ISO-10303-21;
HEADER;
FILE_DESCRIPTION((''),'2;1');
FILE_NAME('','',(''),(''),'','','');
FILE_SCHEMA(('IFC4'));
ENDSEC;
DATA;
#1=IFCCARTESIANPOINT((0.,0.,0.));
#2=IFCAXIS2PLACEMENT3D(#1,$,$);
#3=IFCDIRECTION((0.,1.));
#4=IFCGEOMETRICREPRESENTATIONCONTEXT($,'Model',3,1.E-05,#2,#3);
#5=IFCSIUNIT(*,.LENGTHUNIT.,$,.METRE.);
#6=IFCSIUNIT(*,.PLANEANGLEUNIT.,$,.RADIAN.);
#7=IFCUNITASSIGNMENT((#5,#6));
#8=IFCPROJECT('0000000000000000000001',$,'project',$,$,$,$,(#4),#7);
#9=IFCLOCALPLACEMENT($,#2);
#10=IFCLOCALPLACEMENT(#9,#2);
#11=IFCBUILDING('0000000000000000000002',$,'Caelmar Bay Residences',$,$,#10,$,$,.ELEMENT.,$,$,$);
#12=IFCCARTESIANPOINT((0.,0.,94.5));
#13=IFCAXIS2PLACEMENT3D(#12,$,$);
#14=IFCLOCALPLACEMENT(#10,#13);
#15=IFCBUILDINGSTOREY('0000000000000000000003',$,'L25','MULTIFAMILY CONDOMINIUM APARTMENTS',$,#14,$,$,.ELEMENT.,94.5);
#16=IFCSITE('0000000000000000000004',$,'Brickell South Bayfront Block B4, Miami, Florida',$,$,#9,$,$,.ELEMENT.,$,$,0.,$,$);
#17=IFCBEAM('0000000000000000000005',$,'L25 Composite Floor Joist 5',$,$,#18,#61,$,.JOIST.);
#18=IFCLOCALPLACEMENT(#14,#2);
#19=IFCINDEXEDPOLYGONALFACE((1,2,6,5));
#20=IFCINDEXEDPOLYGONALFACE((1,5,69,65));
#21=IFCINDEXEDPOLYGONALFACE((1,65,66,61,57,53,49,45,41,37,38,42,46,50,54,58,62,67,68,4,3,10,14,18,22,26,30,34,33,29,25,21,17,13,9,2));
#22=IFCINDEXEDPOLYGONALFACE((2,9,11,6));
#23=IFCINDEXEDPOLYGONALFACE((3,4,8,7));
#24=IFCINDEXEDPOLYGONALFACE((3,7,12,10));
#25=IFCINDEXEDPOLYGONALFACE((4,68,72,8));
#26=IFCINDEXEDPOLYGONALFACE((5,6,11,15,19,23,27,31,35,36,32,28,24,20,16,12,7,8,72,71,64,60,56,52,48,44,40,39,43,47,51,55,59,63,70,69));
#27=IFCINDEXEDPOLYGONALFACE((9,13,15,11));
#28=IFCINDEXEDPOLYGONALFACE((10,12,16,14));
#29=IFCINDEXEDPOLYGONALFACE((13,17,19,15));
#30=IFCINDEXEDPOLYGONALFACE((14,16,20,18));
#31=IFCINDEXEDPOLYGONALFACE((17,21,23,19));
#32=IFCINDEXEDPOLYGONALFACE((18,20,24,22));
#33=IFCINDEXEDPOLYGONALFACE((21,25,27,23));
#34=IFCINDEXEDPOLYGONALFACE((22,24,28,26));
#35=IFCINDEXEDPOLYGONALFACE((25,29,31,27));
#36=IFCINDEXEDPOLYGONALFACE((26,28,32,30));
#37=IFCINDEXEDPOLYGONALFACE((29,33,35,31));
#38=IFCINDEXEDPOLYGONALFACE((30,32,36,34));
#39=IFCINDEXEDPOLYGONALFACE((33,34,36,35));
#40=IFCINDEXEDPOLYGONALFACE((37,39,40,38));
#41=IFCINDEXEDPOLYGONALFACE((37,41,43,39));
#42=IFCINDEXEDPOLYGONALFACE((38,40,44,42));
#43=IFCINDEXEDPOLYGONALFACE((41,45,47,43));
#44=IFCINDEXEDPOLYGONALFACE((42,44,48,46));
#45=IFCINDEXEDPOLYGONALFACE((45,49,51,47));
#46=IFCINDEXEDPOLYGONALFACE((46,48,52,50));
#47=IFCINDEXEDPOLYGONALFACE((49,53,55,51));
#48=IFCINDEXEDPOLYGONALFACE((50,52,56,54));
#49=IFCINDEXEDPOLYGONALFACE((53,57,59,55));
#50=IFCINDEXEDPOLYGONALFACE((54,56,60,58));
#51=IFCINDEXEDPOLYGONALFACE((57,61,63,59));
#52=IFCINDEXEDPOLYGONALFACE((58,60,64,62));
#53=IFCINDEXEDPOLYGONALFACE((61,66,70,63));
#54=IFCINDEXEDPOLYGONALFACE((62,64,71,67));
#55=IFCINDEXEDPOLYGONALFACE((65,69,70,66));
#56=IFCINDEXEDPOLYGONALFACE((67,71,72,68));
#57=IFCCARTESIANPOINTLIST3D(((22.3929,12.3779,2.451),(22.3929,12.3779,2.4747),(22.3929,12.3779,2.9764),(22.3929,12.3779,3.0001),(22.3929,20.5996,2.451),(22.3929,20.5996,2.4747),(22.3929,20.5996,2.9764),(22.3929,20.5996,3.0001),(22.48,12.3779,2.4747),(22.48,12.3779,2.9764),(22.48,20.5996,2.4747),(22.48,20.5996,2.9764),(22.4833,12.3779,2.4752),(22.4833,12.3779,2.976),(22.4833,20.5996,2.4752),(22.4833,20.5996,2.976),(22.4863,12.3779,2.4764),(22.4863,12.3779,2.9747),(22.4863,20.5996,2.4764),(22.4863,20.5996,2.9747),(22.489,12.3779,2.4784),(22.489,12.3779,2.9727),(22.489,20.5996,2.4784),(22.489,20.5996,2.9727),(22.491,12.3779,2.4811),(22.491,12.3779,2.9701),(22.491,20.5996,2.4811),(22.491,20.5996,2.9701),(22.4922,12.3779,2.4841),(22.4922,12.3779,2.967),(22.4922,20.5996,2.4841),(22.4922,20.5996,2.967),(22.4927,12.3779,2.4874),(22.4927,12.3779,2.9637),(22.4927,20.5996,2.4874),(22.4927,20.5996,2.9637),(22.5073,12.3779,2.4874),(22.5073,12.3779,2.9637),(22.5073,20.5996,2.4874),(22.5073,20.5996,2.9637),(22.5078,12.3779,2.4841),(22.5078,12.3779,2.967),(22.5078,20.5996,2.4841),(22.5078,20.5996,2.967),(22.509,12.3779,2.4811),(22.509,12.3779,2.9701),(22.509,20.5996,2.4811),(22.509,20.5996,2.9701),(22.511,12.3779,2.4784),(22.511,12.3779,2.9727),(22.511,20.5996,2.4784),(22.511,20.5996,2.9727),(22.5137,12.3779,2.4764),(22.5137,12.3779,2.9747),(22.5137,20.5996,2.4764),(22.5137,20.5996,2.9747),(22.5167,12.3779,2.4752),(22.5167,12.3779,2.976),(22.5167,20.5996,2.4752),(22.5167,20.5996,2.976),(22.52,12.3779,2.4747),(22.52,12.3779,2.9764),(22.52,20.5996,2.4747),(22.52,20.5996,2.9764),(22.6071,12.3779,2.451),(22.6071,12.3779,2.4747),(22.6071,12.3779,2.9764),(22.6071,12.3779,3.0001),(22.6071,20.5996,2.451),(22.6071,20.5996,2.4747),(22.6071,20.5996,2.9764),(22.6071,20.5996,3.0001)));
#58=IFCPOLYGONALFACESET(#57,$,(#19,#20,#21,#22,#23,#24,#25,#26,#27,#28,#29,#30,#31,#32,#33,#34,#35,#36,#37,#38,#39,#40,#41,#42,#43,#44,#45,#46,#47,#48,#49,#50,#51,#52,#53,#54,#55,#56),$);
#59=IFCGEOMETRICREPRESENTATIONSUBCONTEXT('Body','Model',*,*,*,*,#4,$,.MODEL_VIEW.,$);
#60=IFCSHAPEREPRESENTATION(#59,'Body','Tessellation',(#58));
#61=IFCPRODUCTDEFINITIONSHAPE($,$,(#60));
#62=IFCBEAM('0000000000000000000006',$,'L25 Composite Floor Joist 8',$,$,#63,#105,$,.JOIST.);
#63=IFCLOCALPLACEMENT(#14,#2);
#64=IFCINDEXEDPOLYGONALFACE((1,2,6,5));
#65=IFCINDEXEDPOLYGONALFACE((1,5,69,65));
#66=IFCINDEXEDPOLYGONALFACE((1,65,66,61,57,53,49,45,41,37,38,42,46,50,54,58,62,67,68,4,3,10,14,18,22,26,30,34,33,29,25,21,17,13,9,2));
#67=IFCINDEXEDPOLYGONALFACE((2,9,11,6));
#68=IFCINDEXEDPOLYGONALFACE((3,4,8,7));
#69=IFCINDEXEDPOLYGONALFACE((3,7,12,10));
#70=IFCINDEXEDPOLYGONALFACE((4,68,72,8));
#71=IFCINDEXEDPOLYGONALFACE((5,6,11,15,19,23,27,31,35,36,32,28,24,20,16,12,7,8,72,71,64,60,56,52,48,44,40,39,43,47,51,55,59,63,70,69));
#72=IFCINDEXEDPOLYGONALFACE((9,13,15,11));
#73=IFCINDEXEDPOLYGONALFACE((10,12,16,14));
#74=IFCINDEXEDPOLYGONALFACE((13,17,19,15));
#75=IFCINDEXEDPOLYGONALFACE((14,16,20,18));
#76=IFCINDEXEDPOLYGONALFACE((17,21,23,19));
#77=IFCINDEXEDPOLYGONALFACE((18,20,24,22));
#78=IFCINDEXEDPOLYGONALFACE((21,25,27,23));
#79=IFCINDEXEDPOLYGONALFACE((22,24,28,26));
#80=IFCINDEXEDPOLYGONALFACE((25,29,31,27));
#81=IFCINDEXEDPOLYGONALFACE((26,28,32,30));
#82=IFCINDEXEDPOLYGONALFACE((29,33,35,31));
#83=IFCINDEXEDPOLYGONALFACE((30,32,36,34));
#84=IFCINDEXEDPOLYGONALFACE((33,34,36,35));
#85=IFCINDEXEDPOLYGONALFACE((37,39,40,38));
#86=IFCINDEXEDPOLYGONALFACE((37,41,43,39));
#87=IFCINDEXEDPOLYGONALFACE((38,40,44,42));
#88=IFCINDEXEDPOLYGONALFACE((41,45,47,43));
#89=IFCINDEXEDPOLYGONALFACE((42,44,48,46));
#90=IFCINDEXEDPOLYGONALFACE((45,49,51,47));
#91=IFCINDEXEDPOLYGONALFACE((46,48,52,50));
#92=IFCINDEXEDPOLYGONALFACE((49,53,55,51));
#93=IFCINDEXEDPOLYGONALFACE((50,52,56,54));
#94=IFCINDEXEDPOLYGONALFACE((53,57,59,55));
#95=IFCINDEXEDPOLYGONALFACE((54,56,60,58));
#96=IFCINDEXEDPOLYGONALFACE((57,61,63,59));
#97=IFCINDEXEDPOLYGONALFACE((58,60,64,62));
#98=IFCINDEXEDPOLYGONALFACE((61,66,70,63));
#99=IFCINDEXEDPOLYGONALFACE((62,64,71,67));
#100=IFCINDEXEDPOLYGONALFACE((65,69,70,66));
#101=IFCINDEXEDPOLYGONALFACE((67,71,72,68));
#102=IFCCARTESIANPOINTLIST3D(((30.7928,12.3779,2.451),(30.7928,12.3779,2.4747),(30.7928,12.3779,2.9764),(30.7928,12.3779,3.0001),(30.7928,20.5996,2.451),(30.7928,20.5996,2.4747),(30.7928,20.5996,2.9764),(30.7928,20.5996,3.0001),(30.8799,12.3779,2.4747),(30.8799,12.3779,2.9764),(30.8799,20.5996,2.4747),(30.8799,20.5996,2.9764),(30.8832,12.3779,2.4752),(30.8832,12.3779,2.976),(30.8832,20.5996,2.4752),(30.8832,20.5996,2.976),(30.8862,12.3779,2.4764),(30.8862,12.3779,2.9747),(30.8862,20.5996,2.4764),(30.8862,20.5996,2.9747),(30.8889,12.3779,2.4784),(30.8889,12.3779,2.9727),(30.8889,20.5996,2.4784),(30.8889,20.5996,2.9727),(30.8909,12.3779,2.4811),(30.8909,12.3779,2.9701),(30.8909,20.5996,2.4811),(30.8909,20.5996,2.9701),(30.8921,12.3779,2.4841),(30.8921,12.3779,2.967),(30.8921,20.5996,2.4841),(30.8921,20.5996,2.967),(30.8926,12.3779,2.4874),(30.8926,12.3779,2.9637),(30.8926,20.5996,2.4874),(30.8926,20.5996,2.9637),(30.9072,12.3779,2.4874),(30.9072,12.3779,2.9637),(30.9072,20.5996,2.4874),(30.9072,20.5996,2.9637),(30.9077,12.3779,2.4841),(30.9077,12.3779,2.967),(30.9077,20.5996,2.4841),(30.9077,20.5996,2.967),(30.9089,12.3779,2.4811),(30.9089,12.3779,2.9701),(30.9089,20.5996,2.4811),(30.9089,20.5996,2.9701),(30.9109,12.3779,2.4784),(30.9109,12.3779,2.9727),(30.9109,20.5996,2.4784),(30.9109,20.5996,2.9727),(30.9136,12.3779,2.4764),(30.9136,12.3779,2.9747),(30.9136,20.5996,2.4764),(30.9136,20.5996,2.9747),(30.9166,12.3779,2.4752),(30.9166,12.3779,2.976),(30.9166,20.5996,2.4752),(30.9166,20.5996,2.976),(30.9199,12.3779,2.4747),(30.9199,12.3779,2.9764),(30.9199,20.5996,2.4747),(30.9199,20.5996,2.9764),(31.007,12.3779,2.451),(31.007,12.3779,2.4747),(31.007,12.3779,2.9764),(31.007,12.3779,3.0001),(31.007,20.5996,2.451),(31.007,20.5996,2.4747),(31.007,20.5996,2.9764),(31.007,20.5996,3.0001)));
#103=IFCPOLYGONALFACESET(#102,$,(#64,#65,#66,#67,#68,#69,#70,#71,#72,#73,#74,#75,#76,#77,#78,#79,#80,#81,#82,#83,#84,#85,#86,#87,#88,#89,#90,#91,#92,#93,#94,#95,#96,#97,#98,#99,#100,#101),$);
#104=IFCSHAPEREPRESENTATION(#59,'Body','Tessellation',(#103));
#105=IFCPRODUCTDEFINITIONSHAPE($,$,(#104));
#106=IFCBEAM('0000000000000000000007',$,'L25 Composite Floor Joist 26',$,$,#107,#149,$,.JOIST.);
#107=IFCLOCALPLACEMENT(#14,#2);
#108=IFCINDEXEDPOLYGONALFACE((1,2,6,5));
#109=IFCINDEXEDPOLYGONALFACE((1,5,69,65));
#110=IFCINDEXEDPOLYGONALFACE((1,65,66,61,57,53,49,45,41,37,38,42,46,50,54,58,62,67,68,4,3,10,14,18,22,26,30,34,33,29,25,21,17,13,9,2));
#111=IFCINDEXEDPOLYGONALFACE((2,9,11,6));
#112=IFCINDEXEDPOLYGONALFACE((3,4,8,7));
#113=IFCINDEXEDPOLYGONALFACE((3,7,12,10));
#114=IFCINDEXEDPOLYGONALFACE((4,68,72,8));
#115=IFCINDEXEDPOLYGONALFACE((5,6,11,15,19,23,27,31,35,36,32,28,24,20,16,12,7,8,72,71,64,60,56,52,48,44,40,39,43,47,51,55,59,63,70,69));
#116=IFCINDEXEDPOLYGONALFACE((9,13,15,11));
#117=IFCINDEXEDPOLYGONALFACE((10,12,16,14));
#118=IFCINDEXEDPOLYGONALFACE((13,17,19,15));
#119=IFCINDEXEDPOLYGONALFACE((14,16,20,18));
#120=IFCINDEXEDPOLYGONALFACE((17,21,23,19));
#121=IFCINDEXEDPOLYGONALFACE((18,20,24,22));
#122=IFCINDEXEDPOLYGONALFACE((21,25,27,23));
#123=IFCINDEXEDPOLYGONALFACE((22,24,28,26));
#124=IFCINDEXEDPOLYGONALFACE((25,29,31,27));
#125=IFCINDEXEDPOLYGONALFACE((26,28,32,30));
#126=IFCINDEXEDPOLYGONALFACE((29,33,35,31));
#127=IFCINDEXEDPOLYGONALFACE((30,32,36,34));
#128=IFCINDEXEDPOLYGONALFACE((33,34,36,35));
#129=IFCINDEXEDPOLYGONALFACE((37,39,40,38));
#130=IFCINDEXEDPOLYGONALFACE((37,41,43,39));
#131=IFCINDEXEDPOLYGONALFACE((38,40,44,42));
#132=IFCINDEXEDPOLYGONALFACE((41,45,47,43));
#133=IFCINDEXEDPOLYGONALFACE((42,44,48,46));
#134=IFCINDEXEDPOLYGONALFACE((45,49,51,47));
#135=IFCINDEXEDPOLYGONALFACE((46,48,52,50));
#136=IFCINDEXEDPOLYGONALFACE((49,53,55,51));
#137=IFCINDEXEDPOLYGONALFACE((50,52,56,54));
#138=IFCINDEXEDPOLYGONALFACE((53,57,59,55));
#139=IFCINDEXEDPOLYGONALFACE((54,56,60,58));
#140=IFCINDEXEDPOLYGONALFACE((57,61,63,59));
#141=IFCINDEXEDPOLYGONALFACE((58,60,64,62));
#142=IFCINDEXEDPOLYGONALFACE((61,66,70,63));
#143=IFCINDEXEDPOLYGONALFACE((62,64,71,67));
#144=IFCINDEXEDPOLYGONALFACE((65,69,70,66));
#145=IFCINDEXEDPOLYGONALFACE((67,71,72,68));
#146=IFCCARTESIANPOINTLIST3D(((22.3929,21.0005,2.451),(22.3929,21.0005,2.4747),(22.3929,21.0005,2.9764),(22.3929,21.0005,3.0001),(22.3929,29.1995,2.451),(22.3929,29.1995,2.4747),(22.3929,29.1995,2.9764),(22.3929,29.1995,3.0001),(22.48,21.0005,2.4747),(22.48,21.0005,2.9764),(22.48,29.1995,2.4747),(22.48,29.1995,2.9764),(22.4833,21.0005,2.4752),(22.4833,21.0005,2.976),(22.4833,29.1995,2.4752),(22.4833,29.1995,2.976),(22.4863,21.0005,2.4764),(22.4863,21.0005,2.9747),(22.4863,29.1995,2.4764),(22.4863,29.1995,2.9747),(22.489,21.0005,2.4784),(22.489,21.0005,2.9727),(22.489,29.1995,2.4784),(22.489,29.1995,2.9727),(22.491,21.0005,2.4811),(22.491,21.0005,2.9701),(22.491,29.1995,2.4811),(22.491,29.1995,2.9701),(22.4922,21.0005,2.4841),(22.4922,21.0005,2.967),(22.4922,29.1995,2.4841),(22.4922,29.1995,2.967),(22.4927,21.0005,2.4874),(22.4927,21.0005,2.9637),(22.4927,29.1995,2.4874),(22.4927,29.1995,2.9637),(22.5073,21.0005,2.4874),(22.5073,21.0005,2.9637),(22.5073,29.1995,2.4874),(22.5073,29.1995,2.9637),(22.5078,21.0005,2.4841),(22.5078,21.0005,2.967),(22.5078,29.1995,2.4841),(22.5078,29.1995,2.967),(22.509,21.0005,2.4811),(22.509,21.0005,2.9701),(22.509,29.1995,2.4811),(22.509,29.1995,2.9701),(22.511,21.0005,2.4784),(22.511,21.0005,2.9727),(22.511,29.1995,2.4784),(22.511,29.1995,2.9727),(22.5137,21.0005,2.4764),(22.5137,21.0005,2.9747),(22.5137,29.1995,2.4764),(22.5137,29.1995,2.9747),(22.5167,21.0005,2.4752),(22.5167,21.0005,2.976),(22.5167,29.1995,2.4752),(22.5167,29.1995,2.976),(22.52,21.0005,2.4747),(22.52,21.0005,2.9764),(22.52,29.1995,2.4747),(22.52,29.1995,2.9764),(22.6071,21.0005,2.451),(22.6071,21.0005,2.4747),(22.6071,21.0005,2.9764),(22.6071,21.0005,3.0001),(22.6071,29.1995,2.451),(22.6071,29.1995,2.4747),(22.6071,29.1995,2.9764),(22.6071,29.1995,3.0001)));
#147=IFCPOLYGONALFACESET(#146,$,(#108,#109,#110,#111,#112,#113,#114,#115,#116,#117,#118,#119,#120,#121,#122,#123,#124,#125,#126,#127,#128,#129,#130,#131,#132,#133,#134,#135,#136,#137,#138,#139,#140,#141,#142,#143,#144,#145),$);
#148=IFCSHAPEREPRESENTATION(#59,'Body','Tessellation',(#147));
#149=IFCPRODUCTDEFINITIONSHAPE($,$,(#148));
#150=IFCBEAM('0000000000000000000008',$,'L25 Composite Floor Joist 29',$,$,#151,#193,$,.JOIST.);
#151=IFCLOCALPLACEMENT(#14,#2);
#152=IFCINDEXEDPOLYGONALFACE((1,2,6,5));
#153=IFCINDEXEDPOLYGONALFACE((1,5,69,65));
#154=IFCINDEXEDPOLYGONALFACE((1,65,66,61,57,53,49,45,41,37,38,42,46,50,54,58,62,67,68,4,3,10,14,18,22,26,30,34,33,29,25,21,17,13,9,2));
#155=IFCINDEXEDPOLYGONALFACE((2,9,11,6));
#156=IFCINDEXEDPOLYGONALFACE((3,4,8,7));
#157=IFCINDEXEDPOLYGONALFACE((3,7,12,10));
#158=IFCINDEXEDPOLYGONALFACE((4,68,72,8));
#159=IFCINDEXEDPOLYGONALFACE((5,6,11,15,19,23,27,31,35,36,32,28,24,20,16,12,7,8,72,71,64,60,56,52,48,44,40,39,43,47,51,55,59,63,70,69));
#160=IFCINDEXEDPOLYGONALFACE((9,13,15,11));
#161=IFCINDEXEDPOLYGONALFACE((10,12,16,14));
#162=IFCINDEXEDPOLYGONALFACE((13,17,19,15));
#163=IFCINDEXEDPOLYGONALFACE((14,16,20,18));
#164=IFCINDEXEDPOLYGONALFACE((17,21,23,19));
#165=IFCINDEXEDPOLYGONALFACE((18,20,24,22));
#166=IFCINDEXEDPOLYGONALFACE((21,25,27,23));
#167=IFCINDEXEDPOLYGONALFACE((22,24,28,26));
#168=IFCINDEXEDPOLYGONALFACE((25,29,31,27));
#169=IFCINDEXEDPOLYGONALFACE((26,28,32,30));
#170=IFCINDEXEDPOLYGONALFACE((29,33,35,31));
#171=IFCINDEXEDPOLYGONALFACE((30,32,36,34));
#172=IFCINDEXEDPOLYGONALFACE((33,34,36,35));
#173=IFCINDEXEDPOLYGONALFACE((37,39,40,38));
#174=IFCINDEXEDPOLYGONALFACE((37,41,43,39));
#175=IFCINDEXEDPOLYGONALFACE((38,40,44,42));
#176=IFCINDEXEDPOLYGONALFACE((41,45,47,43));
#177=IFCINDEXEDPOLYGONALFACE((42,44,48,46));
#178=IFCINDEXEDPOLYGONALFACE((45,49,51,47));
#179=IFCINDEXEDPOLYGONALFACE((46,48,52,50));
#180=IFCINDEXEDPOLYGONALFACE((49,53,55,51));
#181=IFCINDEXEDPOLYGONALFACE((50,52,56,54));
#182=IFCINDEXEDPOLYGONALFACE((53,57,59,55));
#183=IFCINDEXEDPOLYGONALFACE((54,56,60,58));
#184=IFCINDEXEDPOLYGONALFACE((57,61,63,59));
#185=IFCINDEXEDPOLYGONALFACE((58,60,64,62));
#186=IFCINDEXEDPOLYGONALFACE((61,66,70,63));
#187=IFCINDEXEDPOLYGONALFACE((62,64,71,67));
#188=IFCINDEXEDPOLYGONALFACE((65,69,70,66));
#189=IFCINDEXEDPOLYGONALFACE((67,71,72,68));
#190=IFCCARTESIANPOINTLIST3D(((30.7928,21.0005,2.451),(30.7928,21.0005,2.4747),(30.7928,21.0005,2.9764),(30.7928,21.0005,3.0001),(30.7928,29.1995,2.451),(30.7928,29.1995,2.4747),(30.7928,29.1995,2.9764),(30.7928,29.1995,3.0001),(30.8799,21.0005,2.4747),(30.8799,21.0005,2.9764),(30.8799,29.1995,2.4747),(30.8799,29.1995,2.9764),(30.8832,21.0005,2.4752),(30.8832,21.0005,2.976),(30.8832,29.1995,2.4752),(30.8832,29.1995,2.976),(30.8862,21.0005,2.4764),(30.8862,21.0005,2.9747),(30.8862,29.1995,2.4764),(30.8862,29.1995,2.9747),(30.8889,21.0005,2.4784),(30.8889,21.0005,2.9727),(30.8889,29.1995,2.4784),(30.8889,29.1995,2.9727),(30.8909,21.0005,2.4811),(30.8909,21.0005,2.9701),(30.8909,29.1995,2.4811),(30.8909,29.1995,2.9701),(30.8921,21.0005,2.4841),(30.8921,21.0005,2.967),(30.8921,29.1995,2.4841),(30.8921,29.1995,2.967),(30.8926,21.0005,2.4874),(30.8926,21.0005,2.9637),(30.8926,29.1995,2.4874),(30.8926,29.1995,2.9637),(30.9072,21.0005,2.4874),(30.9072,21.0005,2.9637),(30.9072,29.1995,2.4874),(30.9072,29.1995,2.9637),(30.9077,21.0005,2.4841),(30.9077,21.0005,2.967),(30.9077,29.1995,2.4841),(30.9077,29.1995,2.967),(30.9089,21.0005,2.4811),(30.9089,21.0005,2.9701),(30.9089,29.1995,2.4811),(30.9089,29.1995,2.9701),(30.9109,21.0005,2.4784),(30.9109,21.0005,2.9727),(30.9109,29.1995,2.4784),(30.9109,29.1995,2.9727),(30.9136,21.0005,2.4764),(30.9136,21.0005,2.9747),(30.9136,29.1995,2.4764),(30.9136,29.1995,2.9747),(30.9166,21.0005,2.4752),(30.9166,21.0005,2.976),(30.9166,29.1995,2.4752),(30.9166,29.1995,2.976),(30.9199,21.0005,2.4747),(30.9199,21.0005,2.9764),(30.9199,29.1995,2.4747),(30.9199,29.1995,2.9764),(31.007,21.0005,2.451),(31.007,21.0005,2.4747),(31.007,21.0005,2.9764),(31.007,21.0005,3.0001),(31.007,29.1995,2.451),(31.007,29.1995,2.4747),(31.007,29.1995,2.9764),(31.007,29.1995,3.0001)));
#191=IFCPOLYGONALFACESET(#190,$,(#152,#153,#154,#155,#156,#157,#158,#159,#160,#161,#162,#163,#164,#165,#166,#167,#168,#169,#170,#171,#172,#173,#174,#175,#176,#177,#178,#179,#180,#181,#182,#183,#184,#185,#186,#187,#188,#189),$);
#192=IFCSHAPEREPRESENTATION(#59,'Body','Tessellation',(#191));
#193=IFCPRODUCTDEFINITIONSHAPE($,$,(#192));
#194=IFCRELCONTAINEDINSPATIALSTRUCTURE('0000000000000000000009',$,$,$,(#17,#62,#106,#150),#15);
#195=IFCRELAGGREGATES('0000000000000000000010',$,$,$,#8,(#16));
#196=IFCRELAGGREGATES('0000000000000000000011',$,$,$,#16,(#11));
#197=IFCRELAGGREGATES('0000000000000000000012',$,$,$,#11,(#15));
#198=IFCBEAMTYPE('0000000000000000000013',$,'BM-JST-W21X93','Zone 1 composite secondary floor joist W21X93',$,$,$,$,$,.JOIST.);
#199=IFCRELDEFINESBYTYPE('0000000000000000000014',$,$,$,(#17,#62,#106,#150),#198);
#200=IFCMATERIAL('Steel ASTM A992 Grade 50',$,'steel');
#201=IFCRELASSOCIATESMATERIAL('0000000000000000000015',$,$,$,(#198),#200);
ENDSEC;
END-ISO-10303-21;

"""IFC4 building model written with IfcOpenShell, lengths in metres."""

from ifc_helpers import new_model, si_unit, direction, frame, origin, origin_2d, place, context, subcontext, project, spatial, i_section, extrude, material, material_profile, profile_set, type_object, element, save


model = new_model("IFC4")

# Units and contexts
model_context = context("Model", 3, precision=1e-05, world=origin(), true_north=direction((0.0, 1.0)))
body_context = subcontext(model_context, "Body", "Model", "MODEL_VIEW")
ifc_project = project(units=[si_unit("LENGTHUNIT", "METRE"), si_unit("PLANEANGLEUNIT", "RADIAN")], contexts=[model_context])

# Site, building, storey
site_placement = place(None, origin())
site = spatial("IfcSite", under=ifc_project, at=site_placement, Name="Brickell South Bayfront Block B4, Miami, Florida", CompositionType="ELEMENT", RefElevation=0.0)
building_placement = place(site_placement, origin())
building = spatial("IfcBuilding", under=site, at=building_placement, Name="Caelmar Bay Residences", CompositionType="ELEMENT")
storey_placement = place(building_placement, frame((0.0, 0.0, 94.5)))
storey = spatial("IfcBuildingStorey", under=building, at=storey_placement, Name="L25", Description="MULTIFAMILY CONDOMINIUM APARTMENTS", CompositionType="ELEMENT", Elevation=94.5)

# Beams
ifc_material_1 = material(Name="Steel ASTM A992 Grade 50", Category="steel")
ifc_material_profile_1 = material_profile(ifc_material_1, i_section(OverallWidth=0.2141, OverallDepth=0.5491, WebThickness=0.0146, FlangeThickness=0.0237, FilletRadius=0.0127, at=origin_2d()), Name="W21X93")
ifc_profile_set_1 = profile_set([ifc_material_profile_1], Name="Steel ASTM A992 Grade 50")
beam_type_1 = type_object("IfcBeamType", Name="BM-JST-W21X93", Description="Zone 1 composite secondary floor joist W21X93", PredefinedType="JOIST", material=ifc_profile_set_1)
for number, where, z_axis, x_axis, name in (
    (1, (22.5, 12.3779, 2.7256), (0.0, 1.0, 0.0), (-1.0, 0.0, 0.0), "L25 Composite Floor Joist 5"),
    (2, (30.8999, 12.3779, 2.7256), (0.0, 1.0, 0.0), (-1.0, 0.0, 0.0), "L25 Composite Floor Joist 8"),
):
    element("IfcBeam", number, at=place(storey_placement, frame(where, z_axis=z_axis, x_axis=x_axis)), inside=storey, type_object=beam_type_1, Name=name, PredefinedType="JOIST", context=body_context, shape_type="SweptSolid", body=[
        extrude(i_section(OverallWidth=0.2141, OverallDepth=0.5491, WebThickness=0.0146, FlangeThickness=0.0237, FilletRadius=0.0127, at=origin_2d()), origin(), (0.0, 0.0, 1.0), 8.2217),
    ])
for number, where, z_axis, x_axis, name in (
    (3, (22.5, 21.0005, 2.7256), (0.0, 1.0, 0.0), (-1.0, 0.0, 0.0), "L25 Composite Floor Joist 26"),
    (4, (30.8999, 21.0005, 2.7256), (0.0, 1.0, 0.0), (-1.0, 0.0, 0.0), "L25 Composite Floor Joist 29"),
):
    element("IfcBeam", number, at=place(storey_placement, frame(where, z_axis=z_axis, x_axis=x_axis)), inside=storey, type_object=beam_type_1, Name=name, PredefinedType="JOIST", context=body_context, shape_type="SweptSolid", body=[
        extrude(i_section(OverallWidth=0.2141, OverallDepth=0.5491, WebThickness=0.0146, FlangeThickness=0.0237, FilletRadius=0.0127, at=origin_2d()), origin(), (0.0, 0.0, 1.0), 8.199),
    ])

save(model, "model.ifc")
